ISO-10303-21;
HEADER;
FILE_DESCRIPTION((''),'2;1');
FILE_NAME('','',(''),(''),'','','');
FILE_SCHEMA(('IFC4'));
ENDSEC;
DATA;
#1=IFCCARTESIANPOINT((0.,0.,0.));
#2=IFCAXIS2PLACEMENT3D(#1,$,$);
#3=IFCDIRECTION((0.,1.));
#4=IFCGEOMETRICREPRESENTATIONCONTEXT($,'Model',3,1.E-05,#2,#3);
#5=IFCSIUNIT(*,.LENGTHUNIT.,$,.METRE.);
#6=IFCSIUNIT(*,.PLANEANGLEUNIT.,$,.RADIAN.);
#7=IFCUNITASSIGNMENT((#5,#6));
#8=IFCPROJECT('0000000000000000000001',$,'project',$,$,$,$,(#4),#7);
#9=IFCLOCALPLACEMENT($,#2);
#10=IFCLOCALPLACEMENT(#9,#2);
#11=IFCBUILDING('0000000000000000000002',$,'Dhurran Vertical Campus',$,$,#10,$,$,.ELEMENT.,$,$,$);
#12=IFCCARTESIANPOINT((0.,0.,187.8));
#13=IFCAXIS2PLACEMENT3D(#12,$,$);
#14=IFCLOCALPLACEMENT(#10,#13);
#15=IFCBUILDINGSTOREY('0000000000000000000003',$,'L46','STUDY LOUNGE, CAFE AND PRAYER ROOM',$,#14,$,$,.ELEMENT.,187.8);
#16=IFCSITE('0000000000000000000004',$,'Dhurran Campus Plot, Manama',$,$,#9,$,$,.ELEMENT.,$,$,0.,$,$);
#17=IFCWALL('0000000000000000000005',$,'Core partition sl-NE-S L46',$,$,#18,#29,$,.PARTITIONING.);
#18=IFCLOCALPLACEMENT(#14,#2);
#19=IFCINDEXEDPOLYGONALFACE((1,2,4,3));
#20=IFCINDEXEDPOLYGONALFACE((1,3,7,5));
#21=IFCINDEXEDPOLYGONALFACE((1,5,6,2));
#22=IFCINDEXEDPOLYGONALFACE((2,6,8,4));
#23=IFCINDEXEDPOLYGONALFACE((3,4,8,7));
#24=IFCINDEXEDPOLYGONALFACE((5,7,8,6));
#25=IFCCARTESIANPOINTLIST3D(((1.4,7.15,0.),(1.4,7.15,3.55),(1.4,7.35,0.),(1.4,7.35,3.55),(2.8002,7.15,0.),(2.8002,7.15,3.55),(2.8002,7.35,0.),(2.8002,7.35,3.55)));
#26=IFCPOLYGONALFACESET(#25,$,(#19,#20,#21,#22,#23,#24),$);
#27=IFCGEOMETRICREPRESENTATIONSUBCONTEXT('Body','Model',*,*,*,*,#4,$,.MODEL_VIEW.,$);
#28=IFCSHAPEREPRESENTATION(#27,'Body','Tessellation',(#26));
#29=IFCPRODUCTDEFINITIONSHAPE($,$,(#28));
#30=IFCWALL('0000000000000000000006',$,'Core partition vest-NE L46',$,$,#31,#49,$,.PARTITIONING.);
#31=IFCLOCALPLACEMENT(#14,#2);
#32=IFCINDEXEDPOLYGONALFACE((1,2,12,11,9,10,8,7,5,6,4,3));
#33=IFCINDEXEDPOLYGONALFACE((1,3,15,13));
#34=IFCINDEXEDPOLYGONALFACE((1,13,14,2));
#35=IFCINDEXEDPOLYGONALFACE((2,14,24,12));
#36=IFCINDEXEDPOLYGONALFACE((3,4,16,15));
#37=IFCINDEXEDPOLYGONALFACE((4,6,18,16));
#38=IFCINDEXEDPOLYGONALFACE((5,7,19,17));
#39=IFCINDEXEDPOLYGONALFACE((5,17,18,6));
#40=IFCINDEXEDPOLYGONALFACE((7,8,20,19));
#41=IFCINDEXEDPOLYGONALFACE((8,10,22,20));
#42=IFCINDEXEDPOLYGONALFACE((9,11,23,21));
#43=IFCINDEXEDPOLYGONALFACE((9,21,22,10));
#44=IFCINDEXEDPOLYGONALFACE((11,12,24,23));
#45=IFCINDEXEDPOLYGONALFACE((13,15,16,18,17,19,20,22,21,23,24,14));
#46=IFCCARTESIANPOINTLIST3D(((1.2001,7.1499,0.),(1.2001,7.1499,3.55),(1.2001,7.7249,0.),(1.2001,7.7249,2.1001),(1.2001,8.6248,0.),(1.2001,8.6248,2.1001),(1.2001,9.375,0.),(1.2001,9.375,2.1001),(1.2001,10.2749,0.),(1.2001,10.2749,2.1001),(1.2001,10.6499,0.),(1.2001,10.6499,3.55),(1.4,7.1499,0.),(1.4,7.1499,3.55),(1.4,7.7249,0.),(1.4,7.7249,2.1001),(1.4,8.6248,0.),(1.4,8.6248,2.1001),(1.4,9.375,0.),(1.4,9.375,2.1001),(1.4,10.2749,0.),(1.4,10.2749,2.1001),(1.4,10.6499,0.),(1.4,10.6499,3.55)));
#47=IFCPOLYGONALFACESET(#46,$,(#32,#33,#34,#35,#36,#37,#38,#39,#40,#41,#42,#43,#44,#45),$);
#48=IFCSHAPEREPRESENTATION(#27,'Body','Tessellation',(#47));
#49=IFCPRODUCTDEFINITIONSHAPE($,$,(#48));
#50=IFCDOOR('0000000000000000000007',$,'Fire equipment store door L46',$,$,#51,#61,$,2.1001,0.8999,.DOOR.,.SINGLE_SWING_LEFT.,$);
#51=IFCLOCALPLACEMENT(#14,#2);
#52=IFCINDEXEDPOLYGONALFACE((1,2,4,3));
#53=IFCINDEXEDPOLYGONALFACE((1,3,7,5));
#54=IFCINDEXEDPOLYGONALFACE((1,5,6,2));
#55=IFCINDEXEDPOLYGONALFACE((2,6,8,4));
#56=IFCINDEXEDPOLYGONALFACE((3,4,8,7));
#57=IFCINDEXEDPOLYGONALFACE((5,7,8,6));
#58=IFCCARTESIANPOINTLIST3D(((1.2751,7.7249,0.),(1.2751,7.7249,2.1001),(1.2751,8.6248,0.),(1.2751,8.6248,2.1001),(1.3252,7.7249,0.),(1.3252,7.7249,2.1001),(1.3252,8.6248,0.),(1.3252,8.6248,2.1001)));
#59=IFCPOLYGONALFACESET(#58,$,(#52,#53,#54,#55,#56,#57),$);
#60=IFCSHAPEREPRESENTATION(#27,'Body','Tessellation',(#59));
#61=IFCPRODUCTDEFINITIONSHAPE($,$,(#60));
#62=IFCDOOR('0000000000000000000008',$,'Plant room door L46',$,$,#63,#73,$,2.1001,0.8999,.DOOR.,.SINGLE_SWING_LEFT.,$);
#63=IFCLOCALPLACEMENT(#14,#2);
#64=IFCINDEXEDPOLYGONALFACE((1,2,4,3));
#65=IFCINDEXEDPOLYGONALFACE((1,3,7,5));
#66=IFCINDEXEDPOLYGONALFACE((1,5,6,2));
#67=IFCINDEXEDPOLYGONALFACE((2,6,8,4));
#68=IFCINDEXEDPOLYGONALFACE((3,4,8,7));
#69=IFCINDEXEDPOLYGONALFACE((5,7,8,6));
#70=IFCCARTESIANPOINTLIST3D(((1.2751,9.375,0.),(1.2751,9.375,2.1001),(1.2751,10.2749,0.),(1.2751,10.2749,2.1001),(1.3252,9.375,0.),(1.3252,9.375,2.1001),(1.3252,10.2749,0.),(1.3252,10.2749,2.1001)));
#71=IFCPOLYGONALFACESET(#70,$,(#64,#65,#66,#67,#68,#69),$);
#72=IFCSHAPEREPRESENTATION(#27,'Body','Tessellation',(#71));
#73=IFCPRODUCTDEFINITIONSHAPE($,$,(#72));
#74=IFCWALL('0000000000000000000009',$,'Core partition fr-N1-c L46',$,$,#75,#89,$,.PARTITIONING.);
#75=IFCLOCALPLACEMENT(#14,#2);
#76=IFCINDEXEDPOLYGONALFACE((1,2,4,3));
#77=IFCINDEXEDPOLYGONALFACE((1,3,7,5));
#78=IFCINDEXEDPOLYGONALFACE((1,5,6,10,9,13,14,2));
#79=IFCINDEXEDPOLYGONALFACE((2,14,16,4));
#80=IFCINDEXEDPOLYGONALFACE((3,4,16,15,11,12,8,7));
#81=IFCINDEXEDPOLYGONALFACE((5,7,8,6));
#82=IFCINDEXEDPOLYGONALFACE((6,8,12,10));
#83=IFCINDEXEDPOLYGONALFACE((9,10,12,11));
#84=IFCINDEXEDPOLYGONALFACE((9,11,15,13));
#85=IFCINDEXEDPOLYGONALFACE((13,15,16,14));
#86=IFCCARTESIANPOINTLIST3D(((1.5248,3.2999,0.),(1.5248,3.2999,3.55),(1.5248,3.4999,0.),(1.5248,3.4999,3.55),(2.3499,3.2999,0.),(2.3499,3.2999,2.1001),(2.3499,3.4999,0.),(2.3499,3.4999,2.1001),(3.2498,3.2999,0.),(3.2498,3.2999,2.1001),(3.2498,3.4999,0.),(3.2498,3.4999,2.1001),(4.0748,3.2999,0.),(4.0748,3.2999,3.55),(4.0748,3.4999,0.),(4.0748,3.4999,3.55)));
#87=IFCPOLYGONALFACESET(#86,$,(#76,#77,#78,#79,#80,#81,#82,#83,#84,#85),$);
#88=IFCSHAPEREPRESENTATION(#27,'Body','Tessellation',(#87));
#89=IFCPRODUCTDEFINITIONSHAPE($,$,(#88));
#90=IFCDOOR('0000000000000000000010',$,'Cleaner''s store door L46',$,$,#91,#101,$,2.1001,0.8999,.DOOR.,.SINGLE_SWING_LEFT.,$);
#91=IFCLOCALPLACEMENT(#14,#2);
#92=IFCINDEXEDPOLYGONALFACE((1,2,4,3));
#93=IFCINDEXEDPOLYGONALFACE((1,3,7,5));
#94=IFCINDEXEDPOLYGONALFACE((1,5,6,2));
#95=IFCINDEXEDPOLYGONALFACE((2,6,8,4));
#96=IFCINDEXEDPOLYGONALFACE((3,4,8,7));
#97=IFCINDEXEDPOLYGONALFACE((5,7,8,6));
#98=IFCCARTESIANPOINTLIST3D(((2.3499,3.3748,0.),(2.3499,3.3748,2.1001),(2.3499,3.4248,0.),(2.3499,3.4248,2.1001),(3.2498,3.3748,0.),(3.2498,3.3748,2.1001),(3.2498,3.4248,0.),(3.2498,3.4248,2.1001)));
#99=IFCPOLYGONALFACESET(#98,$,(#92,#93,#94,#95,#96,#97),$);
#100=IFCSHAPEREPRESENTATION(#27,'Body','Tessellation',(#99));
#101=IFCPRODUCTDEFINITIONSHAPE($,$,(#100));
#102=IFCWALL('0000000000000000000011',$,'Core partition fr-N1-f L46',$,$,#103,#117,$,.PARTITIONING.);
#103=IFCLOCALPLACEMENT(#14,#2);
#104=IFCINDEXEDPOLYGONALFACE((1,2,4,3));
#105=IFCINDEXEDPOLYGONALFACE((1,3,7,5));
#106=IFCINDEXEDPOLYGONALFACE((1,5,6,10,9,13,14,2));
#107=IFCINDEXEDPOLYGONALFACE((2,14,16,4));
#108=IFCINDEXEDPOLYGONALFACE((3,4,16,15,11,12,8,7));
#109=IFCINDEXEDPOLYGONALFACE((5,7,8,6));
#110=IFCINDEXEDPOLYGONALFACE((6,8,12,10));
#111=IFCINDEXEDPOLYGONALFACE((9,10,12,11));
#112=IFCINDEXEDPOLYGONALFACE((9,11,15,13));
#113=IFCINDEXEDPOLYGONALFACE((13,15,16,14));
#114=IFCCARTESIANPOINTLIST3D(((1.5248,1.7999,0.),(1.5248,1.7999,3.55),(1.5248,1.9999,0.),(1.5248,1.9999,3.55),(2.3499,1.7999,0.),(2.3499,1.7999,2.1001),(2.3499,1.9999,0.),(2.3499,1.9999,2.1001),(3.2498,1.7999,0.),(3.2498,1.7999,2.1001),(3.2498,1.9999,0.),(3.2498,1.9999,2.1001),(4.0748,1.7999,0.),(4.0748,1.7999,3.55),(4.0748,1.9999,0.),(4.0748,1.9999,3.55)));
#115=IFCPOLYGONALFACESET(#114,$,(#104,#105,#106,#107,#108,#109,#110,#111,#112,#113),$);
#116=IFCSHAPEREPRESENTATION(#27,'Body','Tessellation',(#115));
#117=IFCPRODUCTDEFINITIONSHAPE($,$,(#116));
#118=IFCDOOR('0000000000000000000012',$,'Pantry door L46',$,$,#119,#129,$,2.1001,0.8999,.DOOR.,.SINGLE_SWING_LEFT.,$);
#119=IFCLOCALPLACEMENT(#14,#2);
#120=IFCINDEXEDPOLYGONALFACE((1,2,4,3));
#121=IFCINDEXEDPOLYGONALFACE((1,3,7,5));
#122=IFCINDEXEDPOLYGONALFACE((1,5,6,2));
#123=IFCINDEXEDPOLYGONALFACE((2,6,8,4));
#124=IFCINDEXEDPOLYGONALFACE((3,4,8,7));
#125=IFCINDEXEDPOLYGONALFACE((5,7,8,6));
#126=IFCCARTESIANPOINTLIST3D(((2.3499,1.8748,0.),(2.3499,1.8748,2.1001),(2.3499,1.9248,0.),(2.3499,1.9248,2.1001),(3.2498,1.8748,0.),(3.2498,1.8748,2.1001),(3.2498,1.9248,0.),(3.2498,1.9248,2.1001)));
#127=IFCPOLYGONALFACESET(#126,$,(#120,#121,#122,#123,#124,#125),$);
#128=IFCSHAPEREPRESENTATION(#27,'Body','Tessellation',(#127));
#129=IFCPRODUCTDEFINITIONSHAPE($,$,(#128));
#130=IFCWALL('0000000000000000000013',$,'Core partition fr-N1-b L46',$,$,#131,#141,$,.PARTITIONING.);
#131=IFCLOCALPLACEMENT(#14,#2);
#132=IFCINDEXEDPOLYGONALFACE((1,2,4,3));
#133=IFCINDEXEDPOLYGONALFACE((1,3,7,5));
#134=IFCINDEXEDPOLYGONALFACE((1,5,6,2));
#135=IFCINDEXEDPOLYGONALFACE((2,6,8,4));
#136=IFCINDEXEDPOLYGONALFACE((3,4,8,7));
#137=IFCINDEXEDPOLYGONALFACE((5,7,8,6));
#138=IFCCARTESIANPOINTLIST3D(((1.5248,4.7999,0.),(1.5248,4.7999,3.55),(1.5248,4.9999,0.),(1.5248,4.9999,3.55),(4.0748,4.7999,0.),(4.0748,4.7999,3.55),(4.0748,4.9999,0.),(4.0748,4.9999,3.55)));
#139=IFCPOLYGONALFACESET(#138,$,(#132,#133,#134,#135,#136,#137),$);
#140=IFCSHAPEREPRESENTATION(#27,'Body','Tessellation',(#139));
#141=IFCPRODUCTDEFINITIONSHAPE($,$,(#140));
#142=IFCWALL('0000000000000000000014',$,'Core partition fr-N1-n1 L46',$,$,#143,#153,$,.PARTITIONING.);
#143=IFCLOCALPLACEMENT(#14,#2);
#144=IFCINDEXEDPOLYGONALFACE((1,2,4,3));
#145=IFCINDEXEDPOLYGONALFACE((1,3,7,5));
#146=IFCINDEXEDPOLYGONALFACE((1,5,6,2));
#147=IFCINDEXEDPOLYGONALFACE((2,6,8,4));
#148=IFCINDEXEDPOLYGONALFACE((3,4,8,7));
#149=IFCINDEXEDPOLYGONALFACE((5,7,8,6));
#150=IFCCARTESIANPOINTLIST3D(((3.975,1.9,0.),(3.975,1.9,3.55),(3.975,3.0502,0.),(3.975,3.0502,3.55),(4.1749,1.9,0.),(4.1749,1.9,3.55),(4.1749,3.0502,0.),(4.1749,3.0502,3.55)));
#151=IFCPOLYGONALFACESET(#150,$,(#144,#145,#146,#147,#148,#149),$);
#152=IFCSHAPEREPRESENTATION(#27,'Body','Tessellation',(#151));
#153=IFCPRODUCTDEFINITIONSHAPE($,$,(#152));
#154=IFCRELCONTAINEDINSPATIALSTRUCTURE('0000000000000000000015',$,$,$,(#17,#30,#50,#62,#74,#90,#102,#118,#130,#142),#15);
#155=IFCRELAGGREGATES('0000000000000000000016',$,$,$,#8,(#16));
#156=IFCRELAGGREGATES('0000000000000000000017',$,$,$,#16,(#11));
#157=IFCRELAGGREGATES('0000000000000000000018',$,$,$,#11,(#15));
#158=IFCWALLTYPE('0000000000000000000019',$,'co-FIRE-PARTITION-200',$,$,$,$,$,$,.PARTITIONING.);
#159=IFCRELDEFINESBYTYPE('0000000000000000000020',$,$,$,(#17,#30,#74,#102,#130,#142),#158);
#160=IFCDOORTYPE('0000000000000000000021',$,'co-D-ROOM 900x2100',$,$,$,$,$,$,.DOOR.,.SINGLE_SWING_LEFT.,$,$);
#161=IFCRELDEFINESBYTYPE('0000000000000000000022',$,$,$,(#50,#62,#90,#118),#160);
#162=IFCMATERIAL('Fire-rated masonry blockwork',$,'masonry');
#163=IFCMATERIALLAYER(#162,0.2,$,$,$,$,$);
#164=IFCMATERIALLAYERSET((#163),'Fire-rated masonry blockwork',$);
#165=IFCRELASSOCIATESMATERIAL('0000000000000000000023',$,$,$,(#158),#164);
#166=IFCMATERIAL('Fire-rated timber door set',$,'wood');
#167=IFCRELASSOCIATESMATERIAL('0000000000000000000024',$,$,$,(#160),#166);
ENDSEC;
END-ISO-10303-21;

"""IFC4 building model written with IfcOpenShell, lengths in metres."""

from ifc_helpers import new_model, si_unit, direction, frame, frame_2d, origin, place, context, subcontext, project, spatial, rectangle, extrude, material, layer, layer_set, type_object, element, fill, save


model = new_model("IFC4")

# Units and contexts
model_context = context("Model", 3, precision=1e-05, world=origin(), true_north=direction((0.0, 1.0)))
body_context = subcontext(model_context, "Body", "Model", "MODEL_VIEW")
ifc_project = project(units=[si_unit("LENGTHUNIT", "METRE"), si_unit("PLANEANGLEUNIT", "RADIAN")], contexts=[model_context])

# Site, building, storey
site_placement = place(None, origin())
site = spatial("IfcSite", under=ifc_project, at=site_placement, Name="Dhurran Campus Plot, Manama", CompositionType="ELEMENT", RefElevation=0.0)
building_placement = place(site_placement, origin())
building = spatial("IfcBuilding", under=site, at=building_placement, Name="Dhurran Vertical Campus", CompositionType="ELEMENT")
storey_placement = place(building_placement, frame((0.0, 0.0, 187.8)))
storey = spatial("IfcBuildingStorey", under=building, at=storey_placement, Name="L46", Description="STUDY LOUNGE, CAFE AND PRAYER ROOM", CompositionType="ELEMENT", Elevation=187.8)

# Wall
ifc_material_1 = material(Name="Fire-rated masonry blockwork", Category="masonry")
ifc_layer_1 = layer(ifc_material_1, 0.2)
ifc_layer_set_1 = layer_set([ifc_layer_1], Name="Fire-rated masonry blockwork")
wall_type_1 = type_object("IfcWallType", Name="co-FIRE-PARTITION-200", PredefinedType="PARTITIONING", material=ifc_layer_set_1)
wall_1_placement = place(storey_placement, frame((1.3999, 7.25, 0.0), z_axis=(0.0, 0.0, 1.0), x_axis=(1.0, 0.0, 0.0)))
element("IfcWall", 1, at=wall_1_placement, inside=storey, type_object=wall_type_1, Name="Core partition sl-NE-S L46", PredefinedType="PARTITIONING", context=body_context, shape_type="SweptSolid", body=[
    extrude(rectangle(XDim=1.4001, YDim=0.2, at=frame_2d((0.7002, 0.0))), origin(), (0.0, 0.0, 1.0), 3.55),
])

# Wall, openings, doors
wall_2_placement = place(storey_placement, frame((1.3, 7.1499, 0.0), z_axis=(0.0, 0.0, 1.0), x_axis=(0.0, 1.0, 0.0)))
wall_2 = element("IfcWall", 2, at=wall_2_placement, inside=storey, type_object=wall_type_1, Name="Core partition vest-NE L46", PredefinedType="PARTITIONING", context=body_context, shape_type="SweptSolid", body=[
    extrude(rectangle(XDim=3.5, YDim=0.2, at=frame_2d((1.75, 0.0))), origin(), (0.0, 0.0, 1.0), 3.55),
])
opening_1_placement = place(wall_2_placement, frame((0.575, 0.0, 0.0)))
opening_1 = element("IfcOpeningElement", 3, at=opening_1_placement, cuts=wall_2, PredefinedType="OPENING", context=body_context, shape_type="SweptSolid", body=[
    extrude(rectangle(XDim=0.8999, YDim=2.1001, at=frame_2d((0.45, 1.05))), frame((0.0, 0.1099, 0.0), z_axis=(0.0, -1.0, 0.0), x_axis=(1.0, 0.0, 0.0)), (0.0, 0.0, 1.0), 0.22),
])
opening_2_placement = place(wall_2_placement, frame((2.2251, 0.0, 0.0)))
opening_2 = element("IfcOpeningElement", 4, at=opening_2_placement, cuts=wall_2, PredefinedType="OPENING", context=body_context, shape_type="SweptSolid", body=[
    extrude(rectangle(XDim=0.8999, YDim=2.1001, at=frame_2d((0.45, 1.05))), frame((0.0, 0.1099, 0.0), z_axis=(0.0, -1.0, 0.0), x_axis=(1.0, 0.0, 0.0)), (0.0, 0.0, 1.0), 0.22),
])
ifc_material_2 = material(Name="Fire-rated timber door set", Category="wood")
door_type_1 = type_object("IfcDoorType", Name="co-D-ROOM 900x2100", OperationType="SINGLE_SWING_LEFT", PredefinedType="DOOR", material=ifc_material_2)
door_1_placement = place(opening_1_placement, origin())
door_1 = element("IfcDoor", 5, at=door_1_placement, inside=storey, type_object=door_type_1, Name="Fire equipment store door L46", OperationType="SINGLE_SWING_LEFT", OverallHeight=2.1001, OverallWidth=0.8999, PredefinedType="DOOR", context=body_context, shape_type="SweptSolid", body=[
    extrude(rectangle(XDim=0.8999, YDim=2.1001, at=frame_2d((0.45, 1.05))), frame((0.0, 0.0249, 0.0), z_axis=(0.0, -1.0, 0.0), x_axis=(1.0, 0.0, 0.0)), (0.0, 0.0, 1.0), 0.05),
])
fill(opening_1, door_1)
door_2_placement = place(opening_2_placement, origin())
door_2 = element("IfcDoor", 6, at=door_2_placement, inside=storey, type_object=door_type_1, Name="Plant room door L46", OperationType="SINGLE_SWING_LEFT", OverallHeight=2.1001, OverallWidth=0.8999, PredefinedType="DOOR", context=body_context, shape_type="SweptSolid", body=[
    extrude(rectangle(XDim=0.8999, YDim=2.1001, at=frame_2d((0.45, 1.05))), frame((0.0, 0.0249, 0.0), z_axis=(0.0, -1.0, 0.0), x_axis=(1.0, 0.0, 0.0)), (0.0, 0.0, 1.0), 0.05),
])
fill(opening_2, door_2)

# Walls, openings, doors
wall_3_placement = place(storey_placement, frame((1.5249, 3.3999, 0.0), z_axis=(0.0, 0.0, 1.0), x_axis=(1.0, 0.0, 0.0)))
wall_3 = element("IfcWall", 7, at=wall_3_placement, inside=storey, type_object=wall_type_1, Name="Core partition fr-N1-c L46", PredefinedType="PARTITIONING", context=body_context, shape_type="SweptSolid", body=[
    extrude(rectangle(XDim=2.55, YDim=0.2, at=frame_2d((1.2749, 0.0))), origin(), (0.0, 0.0, 1.0), 3.55),
])
opening_3_placement = place(wall_3_placement, frame((0.825, 0.0, 0.0)))
opening_3 = element("IfcOpeningElement", 8, at=opening_3_placement, cuts=wall_3, PredefinedType="OPENING", context=body_context, shape_type="SweptSolid", body=[
    extrude(rectangle(XDim=0.8999, YDim=2.1001, at=frame_2d((0.45, 1.05))), frame((0.0, 0.1099, 0.0), z_axis=(0.0, -1.0, 0.0), x_axis=(1.0, 0.0, 0.0)), (0.0, 0.0, 1.0), 0.22),
])
door_3_placement = place(opening_3_placement, origin())
door_3 = element("IfcDoor", 9, at=door_3_placement, inside=storey, type_object=door_type_1, Name="Cleaner's store door L46", OperationType="SINGLE_SWING_LEFT", OverallHeight=2.1001, OverallWidth=0.8999, PredefinedType="DOOR", context=body_context, shape_type="SweptSolid", body=[
    extrude(rectangle(XDim=0.8999, YDim=2.1001, at=frame_2d((0.45, 1.05))), frame((0.0, 0.0249, 0.0), z_axis=(0.0, -1.0, 0.0), x_axis=(1.0, 0.0, 0.0)), (0.0, 0.0, 1.0), 0.05),
])
fill(opening_3, door_3)
wall_4_placement = place(storey_placement, frame((1.5249, 1.8999, 0.0), z_axis=(0.0, 0.0, 1.0), x_axis=(1.0, 0.0, 0.0)))
wall_4 = element("IfcWall", 10, at=wall_4_placement, inside=storey, type_object=wall_type_1, Name="Core partition fr-N1-f L46", PredefinedType="PARTITIONING", context=body_context, shape_type="SweptSolid", body=[
    extrude(rectangle(XDim=2.55, YDim=0.2, at=frame_2d((1.2749, 0.0))), origin(), (0.0, 0.0, 1.0), 3.55),
])
opening_4_placement = place(wall_4_placement, frame((0.825, 0.0, 0.0)))
opening_4 = element("IfcOpeningElement", 11, at=opening_4_placement, cuts=wall_4, PredefinedType="OPENING", context=body_context, shape_type="SweptSolid", body=[
    extrude(rectangle(XDim=0.8999, YDim=2.1001, at=frame_2d((0.45, 1.05))), frame((0.0, 0.1099, 0.0), z_axis=(0.0, -1.0, 0.0), x_axis=(1.0, 0.0, 0.0)), (0.0, 0.0, 1.0), 0.22),
])
door_4_placement = place(opening_4_placement, origin())
door_4 = element("IfcDoor", 12, at=door_4_placement, inside=storey, type_object=door_type_1, Name="Pantry door L46", OperationType="SINGLE_SWING_LEFT", OverallHeight=2.1001, OverallWidth=0.8999, PredefinedType="DOOR", context=body_context, shape_type="SweptSolid", body=[
    extrude(rectangle(XDim=0.8999, YDim=2.1001, at=frame_2d((0.45, 1.05))), frame((0.0, 0.0249, 0.0), z_axis=(0.0, -1.0, 0.0), x_axis=(1.0, 0.0, 0.0)), (0.0, 0.0, 1.0), 0.05),
])
fill(opening_4, door_4)

# Walls
wall_5_placement = place(storey_placement, frame((1.5249, 4.8999, 0.0), z_axis=(0.0, 0.0, 1.0), x_axis=(1.0, 0.0, 0.0)))
element("IfcWall", 13, at=wall_5_placement, inside=storey, type_object=wall_type_1, Name="Core partition fr-N1-b L46", PredefinedType="PARTITIONING", context=body_context, shape_type="SweptSolid", body=[
    extrude(rectangle(XDim=2.55, YDim=0.2, at=frame_2d((1.2749, 0.0))), origin(), (0.0, 0.0, 1.0), 3.55),
])
wall_6_placement = place(storey_placement, frame((4.075, 1.8999, 0.0), z_axis=(0.0, 0.0, 1.0), x_axis=(0.0, 1.0, 0.0)))
element("IfcWall", 14, at=wall_6_placement, inside=storey, type_object=wall_type_1, Name="Core partition fr-N1-n1 L46", PredefinedType="PARTITIONING", context=body_context, shape_type="SweptSolid", body=[
    extrude(rectangle(XDim=1.1501, YDim=0.2, at=frame_2d((0.5752, 0.0))), origin(), (0.0, 0.0, 1.0), 3.55),
])

save(model, "model.ifc")
